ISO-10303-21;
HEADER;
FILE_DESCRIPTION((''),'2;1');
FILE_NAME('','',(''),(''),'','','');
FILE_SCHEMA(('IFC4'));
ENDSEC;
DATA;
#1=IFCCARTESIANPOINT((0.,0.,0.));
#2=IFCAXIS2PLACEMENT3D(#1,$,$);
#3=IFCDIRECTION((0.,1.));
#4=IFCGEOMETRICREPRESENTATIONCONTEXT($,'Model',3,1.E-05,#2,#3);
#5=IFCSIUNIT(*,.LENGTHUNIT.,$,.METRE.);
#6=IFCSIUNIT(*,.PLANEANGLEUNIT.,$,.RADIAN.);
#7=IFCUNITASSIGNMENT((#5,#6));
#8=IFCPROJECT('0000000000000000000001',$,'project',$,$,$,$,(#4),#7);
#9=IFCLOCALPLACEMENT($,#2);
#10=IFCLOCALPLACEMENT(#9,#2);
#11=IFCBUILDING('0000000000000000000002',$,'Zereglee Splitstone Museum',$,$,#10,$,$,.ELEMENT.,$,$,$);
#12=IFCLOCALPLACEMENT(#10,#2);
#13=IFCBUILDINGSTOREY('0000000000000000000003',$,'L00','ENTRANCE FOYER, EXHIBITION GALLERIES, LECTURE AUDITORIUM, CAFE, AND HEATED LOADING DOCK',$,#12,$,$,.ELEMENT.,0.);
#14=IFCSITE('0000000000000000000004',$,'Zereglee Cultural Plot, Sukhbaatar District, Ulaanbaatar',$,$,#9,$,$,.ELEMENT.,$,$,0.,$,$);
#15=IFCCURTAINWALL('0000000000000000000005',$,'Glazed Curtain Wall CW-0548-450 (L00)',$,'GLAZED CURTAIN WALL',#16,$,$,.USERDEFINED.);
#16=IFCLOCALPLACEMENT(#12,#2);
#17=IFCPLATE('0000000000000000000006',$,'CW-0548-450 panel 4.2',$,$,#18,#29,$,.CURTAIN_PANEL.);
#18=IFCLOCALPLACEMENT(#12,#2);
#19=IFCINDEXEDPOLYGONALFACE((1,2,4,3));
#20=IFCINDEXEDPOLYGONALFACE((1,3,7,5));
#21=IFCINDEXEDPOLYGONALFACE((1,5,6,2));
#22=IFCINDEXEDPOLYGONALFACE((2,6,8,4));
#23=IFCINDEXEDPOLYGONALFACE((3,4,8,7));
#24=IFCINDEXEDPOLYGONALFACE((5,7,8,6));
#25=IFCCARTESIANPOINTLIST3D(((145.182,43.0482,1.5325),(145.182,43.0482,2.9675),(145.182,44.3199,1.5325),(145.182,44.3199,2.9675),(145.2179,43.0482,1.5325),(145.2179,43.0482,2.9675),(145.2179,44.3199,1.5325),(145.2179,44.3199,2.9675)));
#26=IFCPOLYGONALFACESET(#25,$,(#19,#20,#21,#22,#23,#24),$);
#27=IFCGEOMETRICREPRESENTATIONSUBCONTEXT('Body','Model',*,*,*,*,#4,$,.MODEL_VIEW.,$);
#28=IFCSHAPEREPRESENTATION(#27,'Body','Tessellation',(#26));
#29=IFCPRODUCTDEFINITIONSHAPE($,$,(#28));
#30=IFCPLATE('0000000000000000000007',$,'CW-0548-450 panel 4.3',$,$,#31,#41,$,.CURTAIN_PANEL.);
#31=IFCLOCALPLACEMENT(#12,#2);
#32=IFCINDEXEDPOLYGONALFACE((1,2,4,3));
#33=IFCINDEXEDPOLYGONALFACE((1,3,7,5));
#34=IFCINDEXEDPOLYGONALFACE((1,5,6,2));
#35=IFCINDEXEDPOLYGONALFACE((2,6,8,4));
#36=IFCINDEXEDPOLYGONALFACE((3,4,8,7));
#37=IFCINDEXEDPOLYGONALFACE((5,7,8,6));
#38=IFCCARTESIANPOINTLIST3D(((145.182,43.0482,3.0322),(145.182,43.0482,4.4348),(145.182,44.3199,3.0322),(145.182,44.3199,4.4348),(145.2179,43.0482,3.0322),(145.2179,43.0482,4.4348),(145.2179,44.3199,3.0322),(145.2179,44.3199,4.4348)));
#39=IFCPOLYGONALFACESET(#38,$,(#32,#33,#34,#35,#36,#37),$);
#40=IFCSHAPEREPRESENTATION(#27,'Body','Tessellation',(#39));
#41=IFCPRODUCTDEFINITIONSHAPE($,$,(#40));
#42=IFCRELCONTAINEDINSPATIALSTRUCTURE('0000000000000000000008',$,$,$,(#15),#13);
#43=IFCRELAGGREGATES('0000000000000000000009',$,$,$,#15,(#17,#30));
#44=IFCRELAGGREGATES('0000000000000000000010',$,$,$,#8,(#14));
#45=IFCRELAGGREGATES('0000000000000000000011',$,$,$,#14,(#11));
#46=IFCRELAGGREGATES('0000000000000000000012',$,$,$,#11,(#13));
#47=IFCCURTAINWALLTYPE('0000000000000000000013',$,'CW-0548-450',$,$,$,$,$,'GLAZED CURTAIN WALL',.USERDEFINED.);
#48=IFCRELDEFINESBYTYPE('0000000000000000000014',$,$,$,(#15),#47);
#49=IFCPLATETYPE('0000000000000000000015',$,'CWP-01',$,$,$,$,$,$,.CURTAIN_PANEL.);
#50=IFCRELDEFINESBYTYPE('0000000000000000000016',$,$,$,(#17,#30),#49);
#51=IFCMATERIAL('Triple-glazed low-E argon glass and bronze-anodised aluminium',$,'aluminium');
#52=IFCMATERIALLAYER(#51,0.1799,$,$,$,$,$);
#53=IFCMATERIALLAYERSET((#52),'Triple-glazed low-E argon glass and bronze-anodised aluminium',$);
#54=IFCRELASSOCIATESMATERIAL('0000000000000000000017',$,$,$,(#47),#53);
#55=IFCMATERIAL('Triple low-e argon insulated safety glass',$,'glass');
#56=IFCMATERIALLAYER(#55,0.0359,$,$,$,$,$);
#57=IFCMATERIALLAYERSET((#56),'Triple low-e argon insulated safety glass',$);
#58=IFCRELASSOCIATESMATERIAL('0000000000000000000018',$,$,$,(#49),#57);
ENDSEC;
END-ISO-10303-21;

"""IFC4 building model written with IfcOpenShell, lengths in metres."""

from ifc_helpers import new_model, si_unit, direction, frame, origin, origin_2d, place, context, subcontext, project, spatial, rectangle, extrude, material, layer, layer_set, type_object, element, aggregate, save


model = new_model("IFC4")

# Units and contexts
model_context = context("Model", 3, precision=1e-05, world=origin(), true_north=direction((0.0, 1.0)))
body_context = subcontext(model_context, "Body", "Model", "MODEL_VIEW")
ifc_project = project(units=[si_unit("LENGTHUNIT", "METRE"), si_unit("PLANEANGLEUNIT", "RADIAN")], contexts=[model_context])

# Site, building, storey
site_placement = place(None, origin())
site = spatial("IfcSite", under=ifc_project, at=site_placement, Name="Zereglee Cultural Plot, Sukhbaatar District, Ulaanbaatar", CompositionType="ELEMENT", RefElevation=0.0)
building_placement = place(site_placement, origin())
building = spatial("IfcBuilding", under=site, at=building_placement, Name="Zereglee Splitstone Museum", CompositionType="ELEMENT")
storey_placement = place(building_placement, origin())
storey = spatial("IfcBuildingStorey", under=building, at=storey_placement, Name="L00", Description="ENTRANCE FOYER, EXHIBITION GALLERIES, LECTURE AUDITORIUM, CAFE, AND HEATED LOADING DOCK", CompositionType="ELEMENT", Elevation=0.0)

# Curtain wall
ifc_material_1 = material(Name="Triple-glazed low-E argon glass and bronze-anodised aluminium", Category="aluminium")
ifc_layer_1 = layer(ifc_material_1, 0.1799)
ifc_layer_set_1 = layer_set([ifc_layer_1], Name="Triple-glazed low-E argon glass and bronze-anodised aluminium")
curtain_wall_type_1 = type_object("IfcCurtainWallType", Name="CW-0548-450", ElementType="GLAZED CURTAIN WALL", PredefinedType="USERDEFINED", material=ifc_layer_set_1)
curtain_wall_1_placement = place(storey_placement, origin())
curtain_wall_1 = element("IfcCurtainWall", 1, at=curtain_wall_1_placement, inside=storey, type_object=curtain_wall_type_1, Name="Glazed Curtain Wall CW-0548-450 (L00)", ObjectType="GLAZED CURTAIN WALL", PredefinedType="USERDEFINED")

# Plates
ifc_material_2 = material(Name="Triple low-e argon insulated safety glass", Category="glass")
ifc_layer_2 = layer(ifc_material_2, 0.0359)
ifc_layer_set_2 = layer_set([ifc_layer_2], Name="Triple low-e argon insulated safety glass")
plate_type = type_object("IfcPlateType", Name="CWP-01", PredefinedType="CURTAIN_PANEL", material=ifc_layer_set_2)
plate_1_placement = place(storey_placement, frame((145.2, 43.6841, 1.5325), z_axis=(0.0, 0.0, 1.0), x_axis=(0.0, 1.0, 0.0)))
plate_1 = element("IfcPlate", 2, at=plate_1_placement, type_object=plate_type, Name="CW-0548-450 panel 4.2", PredefinedType="CURTAIN_PANEL", context=body_context, shape_type="SweptSolid", body=[
    extrude(rectangle(XDim=1.2717, YDim=0.0359, at=origin_2d()), origin(), (0.0, 0.0, 1.0), 1.4351),
])
plate_2_placement = place(storey_placement, frame((145.2, 43.6841, 3.0322), z_axis=(0.0, 0.0, 1.0), x_axis=(0.0, 1.0, 0.0)))
plate_2 = element("IfcPlate", 3, at=plate_2_placement, type_object=plate_type, Name="CW-0548-450 panel 4.3", PredefinedType="CURTAIN_PANEL", context=body_context, shape_type="SweptSolid", body=[
    extrude(rectangle(XDim=1.2717, YDim=0.0359, at=origin_2d()), origin(), (0.0, 0.0, 1.0), 1.4026),
])
aggregate(curtain_wall_1, [plate_1, plate_2])

save(model, "model.ifc")
